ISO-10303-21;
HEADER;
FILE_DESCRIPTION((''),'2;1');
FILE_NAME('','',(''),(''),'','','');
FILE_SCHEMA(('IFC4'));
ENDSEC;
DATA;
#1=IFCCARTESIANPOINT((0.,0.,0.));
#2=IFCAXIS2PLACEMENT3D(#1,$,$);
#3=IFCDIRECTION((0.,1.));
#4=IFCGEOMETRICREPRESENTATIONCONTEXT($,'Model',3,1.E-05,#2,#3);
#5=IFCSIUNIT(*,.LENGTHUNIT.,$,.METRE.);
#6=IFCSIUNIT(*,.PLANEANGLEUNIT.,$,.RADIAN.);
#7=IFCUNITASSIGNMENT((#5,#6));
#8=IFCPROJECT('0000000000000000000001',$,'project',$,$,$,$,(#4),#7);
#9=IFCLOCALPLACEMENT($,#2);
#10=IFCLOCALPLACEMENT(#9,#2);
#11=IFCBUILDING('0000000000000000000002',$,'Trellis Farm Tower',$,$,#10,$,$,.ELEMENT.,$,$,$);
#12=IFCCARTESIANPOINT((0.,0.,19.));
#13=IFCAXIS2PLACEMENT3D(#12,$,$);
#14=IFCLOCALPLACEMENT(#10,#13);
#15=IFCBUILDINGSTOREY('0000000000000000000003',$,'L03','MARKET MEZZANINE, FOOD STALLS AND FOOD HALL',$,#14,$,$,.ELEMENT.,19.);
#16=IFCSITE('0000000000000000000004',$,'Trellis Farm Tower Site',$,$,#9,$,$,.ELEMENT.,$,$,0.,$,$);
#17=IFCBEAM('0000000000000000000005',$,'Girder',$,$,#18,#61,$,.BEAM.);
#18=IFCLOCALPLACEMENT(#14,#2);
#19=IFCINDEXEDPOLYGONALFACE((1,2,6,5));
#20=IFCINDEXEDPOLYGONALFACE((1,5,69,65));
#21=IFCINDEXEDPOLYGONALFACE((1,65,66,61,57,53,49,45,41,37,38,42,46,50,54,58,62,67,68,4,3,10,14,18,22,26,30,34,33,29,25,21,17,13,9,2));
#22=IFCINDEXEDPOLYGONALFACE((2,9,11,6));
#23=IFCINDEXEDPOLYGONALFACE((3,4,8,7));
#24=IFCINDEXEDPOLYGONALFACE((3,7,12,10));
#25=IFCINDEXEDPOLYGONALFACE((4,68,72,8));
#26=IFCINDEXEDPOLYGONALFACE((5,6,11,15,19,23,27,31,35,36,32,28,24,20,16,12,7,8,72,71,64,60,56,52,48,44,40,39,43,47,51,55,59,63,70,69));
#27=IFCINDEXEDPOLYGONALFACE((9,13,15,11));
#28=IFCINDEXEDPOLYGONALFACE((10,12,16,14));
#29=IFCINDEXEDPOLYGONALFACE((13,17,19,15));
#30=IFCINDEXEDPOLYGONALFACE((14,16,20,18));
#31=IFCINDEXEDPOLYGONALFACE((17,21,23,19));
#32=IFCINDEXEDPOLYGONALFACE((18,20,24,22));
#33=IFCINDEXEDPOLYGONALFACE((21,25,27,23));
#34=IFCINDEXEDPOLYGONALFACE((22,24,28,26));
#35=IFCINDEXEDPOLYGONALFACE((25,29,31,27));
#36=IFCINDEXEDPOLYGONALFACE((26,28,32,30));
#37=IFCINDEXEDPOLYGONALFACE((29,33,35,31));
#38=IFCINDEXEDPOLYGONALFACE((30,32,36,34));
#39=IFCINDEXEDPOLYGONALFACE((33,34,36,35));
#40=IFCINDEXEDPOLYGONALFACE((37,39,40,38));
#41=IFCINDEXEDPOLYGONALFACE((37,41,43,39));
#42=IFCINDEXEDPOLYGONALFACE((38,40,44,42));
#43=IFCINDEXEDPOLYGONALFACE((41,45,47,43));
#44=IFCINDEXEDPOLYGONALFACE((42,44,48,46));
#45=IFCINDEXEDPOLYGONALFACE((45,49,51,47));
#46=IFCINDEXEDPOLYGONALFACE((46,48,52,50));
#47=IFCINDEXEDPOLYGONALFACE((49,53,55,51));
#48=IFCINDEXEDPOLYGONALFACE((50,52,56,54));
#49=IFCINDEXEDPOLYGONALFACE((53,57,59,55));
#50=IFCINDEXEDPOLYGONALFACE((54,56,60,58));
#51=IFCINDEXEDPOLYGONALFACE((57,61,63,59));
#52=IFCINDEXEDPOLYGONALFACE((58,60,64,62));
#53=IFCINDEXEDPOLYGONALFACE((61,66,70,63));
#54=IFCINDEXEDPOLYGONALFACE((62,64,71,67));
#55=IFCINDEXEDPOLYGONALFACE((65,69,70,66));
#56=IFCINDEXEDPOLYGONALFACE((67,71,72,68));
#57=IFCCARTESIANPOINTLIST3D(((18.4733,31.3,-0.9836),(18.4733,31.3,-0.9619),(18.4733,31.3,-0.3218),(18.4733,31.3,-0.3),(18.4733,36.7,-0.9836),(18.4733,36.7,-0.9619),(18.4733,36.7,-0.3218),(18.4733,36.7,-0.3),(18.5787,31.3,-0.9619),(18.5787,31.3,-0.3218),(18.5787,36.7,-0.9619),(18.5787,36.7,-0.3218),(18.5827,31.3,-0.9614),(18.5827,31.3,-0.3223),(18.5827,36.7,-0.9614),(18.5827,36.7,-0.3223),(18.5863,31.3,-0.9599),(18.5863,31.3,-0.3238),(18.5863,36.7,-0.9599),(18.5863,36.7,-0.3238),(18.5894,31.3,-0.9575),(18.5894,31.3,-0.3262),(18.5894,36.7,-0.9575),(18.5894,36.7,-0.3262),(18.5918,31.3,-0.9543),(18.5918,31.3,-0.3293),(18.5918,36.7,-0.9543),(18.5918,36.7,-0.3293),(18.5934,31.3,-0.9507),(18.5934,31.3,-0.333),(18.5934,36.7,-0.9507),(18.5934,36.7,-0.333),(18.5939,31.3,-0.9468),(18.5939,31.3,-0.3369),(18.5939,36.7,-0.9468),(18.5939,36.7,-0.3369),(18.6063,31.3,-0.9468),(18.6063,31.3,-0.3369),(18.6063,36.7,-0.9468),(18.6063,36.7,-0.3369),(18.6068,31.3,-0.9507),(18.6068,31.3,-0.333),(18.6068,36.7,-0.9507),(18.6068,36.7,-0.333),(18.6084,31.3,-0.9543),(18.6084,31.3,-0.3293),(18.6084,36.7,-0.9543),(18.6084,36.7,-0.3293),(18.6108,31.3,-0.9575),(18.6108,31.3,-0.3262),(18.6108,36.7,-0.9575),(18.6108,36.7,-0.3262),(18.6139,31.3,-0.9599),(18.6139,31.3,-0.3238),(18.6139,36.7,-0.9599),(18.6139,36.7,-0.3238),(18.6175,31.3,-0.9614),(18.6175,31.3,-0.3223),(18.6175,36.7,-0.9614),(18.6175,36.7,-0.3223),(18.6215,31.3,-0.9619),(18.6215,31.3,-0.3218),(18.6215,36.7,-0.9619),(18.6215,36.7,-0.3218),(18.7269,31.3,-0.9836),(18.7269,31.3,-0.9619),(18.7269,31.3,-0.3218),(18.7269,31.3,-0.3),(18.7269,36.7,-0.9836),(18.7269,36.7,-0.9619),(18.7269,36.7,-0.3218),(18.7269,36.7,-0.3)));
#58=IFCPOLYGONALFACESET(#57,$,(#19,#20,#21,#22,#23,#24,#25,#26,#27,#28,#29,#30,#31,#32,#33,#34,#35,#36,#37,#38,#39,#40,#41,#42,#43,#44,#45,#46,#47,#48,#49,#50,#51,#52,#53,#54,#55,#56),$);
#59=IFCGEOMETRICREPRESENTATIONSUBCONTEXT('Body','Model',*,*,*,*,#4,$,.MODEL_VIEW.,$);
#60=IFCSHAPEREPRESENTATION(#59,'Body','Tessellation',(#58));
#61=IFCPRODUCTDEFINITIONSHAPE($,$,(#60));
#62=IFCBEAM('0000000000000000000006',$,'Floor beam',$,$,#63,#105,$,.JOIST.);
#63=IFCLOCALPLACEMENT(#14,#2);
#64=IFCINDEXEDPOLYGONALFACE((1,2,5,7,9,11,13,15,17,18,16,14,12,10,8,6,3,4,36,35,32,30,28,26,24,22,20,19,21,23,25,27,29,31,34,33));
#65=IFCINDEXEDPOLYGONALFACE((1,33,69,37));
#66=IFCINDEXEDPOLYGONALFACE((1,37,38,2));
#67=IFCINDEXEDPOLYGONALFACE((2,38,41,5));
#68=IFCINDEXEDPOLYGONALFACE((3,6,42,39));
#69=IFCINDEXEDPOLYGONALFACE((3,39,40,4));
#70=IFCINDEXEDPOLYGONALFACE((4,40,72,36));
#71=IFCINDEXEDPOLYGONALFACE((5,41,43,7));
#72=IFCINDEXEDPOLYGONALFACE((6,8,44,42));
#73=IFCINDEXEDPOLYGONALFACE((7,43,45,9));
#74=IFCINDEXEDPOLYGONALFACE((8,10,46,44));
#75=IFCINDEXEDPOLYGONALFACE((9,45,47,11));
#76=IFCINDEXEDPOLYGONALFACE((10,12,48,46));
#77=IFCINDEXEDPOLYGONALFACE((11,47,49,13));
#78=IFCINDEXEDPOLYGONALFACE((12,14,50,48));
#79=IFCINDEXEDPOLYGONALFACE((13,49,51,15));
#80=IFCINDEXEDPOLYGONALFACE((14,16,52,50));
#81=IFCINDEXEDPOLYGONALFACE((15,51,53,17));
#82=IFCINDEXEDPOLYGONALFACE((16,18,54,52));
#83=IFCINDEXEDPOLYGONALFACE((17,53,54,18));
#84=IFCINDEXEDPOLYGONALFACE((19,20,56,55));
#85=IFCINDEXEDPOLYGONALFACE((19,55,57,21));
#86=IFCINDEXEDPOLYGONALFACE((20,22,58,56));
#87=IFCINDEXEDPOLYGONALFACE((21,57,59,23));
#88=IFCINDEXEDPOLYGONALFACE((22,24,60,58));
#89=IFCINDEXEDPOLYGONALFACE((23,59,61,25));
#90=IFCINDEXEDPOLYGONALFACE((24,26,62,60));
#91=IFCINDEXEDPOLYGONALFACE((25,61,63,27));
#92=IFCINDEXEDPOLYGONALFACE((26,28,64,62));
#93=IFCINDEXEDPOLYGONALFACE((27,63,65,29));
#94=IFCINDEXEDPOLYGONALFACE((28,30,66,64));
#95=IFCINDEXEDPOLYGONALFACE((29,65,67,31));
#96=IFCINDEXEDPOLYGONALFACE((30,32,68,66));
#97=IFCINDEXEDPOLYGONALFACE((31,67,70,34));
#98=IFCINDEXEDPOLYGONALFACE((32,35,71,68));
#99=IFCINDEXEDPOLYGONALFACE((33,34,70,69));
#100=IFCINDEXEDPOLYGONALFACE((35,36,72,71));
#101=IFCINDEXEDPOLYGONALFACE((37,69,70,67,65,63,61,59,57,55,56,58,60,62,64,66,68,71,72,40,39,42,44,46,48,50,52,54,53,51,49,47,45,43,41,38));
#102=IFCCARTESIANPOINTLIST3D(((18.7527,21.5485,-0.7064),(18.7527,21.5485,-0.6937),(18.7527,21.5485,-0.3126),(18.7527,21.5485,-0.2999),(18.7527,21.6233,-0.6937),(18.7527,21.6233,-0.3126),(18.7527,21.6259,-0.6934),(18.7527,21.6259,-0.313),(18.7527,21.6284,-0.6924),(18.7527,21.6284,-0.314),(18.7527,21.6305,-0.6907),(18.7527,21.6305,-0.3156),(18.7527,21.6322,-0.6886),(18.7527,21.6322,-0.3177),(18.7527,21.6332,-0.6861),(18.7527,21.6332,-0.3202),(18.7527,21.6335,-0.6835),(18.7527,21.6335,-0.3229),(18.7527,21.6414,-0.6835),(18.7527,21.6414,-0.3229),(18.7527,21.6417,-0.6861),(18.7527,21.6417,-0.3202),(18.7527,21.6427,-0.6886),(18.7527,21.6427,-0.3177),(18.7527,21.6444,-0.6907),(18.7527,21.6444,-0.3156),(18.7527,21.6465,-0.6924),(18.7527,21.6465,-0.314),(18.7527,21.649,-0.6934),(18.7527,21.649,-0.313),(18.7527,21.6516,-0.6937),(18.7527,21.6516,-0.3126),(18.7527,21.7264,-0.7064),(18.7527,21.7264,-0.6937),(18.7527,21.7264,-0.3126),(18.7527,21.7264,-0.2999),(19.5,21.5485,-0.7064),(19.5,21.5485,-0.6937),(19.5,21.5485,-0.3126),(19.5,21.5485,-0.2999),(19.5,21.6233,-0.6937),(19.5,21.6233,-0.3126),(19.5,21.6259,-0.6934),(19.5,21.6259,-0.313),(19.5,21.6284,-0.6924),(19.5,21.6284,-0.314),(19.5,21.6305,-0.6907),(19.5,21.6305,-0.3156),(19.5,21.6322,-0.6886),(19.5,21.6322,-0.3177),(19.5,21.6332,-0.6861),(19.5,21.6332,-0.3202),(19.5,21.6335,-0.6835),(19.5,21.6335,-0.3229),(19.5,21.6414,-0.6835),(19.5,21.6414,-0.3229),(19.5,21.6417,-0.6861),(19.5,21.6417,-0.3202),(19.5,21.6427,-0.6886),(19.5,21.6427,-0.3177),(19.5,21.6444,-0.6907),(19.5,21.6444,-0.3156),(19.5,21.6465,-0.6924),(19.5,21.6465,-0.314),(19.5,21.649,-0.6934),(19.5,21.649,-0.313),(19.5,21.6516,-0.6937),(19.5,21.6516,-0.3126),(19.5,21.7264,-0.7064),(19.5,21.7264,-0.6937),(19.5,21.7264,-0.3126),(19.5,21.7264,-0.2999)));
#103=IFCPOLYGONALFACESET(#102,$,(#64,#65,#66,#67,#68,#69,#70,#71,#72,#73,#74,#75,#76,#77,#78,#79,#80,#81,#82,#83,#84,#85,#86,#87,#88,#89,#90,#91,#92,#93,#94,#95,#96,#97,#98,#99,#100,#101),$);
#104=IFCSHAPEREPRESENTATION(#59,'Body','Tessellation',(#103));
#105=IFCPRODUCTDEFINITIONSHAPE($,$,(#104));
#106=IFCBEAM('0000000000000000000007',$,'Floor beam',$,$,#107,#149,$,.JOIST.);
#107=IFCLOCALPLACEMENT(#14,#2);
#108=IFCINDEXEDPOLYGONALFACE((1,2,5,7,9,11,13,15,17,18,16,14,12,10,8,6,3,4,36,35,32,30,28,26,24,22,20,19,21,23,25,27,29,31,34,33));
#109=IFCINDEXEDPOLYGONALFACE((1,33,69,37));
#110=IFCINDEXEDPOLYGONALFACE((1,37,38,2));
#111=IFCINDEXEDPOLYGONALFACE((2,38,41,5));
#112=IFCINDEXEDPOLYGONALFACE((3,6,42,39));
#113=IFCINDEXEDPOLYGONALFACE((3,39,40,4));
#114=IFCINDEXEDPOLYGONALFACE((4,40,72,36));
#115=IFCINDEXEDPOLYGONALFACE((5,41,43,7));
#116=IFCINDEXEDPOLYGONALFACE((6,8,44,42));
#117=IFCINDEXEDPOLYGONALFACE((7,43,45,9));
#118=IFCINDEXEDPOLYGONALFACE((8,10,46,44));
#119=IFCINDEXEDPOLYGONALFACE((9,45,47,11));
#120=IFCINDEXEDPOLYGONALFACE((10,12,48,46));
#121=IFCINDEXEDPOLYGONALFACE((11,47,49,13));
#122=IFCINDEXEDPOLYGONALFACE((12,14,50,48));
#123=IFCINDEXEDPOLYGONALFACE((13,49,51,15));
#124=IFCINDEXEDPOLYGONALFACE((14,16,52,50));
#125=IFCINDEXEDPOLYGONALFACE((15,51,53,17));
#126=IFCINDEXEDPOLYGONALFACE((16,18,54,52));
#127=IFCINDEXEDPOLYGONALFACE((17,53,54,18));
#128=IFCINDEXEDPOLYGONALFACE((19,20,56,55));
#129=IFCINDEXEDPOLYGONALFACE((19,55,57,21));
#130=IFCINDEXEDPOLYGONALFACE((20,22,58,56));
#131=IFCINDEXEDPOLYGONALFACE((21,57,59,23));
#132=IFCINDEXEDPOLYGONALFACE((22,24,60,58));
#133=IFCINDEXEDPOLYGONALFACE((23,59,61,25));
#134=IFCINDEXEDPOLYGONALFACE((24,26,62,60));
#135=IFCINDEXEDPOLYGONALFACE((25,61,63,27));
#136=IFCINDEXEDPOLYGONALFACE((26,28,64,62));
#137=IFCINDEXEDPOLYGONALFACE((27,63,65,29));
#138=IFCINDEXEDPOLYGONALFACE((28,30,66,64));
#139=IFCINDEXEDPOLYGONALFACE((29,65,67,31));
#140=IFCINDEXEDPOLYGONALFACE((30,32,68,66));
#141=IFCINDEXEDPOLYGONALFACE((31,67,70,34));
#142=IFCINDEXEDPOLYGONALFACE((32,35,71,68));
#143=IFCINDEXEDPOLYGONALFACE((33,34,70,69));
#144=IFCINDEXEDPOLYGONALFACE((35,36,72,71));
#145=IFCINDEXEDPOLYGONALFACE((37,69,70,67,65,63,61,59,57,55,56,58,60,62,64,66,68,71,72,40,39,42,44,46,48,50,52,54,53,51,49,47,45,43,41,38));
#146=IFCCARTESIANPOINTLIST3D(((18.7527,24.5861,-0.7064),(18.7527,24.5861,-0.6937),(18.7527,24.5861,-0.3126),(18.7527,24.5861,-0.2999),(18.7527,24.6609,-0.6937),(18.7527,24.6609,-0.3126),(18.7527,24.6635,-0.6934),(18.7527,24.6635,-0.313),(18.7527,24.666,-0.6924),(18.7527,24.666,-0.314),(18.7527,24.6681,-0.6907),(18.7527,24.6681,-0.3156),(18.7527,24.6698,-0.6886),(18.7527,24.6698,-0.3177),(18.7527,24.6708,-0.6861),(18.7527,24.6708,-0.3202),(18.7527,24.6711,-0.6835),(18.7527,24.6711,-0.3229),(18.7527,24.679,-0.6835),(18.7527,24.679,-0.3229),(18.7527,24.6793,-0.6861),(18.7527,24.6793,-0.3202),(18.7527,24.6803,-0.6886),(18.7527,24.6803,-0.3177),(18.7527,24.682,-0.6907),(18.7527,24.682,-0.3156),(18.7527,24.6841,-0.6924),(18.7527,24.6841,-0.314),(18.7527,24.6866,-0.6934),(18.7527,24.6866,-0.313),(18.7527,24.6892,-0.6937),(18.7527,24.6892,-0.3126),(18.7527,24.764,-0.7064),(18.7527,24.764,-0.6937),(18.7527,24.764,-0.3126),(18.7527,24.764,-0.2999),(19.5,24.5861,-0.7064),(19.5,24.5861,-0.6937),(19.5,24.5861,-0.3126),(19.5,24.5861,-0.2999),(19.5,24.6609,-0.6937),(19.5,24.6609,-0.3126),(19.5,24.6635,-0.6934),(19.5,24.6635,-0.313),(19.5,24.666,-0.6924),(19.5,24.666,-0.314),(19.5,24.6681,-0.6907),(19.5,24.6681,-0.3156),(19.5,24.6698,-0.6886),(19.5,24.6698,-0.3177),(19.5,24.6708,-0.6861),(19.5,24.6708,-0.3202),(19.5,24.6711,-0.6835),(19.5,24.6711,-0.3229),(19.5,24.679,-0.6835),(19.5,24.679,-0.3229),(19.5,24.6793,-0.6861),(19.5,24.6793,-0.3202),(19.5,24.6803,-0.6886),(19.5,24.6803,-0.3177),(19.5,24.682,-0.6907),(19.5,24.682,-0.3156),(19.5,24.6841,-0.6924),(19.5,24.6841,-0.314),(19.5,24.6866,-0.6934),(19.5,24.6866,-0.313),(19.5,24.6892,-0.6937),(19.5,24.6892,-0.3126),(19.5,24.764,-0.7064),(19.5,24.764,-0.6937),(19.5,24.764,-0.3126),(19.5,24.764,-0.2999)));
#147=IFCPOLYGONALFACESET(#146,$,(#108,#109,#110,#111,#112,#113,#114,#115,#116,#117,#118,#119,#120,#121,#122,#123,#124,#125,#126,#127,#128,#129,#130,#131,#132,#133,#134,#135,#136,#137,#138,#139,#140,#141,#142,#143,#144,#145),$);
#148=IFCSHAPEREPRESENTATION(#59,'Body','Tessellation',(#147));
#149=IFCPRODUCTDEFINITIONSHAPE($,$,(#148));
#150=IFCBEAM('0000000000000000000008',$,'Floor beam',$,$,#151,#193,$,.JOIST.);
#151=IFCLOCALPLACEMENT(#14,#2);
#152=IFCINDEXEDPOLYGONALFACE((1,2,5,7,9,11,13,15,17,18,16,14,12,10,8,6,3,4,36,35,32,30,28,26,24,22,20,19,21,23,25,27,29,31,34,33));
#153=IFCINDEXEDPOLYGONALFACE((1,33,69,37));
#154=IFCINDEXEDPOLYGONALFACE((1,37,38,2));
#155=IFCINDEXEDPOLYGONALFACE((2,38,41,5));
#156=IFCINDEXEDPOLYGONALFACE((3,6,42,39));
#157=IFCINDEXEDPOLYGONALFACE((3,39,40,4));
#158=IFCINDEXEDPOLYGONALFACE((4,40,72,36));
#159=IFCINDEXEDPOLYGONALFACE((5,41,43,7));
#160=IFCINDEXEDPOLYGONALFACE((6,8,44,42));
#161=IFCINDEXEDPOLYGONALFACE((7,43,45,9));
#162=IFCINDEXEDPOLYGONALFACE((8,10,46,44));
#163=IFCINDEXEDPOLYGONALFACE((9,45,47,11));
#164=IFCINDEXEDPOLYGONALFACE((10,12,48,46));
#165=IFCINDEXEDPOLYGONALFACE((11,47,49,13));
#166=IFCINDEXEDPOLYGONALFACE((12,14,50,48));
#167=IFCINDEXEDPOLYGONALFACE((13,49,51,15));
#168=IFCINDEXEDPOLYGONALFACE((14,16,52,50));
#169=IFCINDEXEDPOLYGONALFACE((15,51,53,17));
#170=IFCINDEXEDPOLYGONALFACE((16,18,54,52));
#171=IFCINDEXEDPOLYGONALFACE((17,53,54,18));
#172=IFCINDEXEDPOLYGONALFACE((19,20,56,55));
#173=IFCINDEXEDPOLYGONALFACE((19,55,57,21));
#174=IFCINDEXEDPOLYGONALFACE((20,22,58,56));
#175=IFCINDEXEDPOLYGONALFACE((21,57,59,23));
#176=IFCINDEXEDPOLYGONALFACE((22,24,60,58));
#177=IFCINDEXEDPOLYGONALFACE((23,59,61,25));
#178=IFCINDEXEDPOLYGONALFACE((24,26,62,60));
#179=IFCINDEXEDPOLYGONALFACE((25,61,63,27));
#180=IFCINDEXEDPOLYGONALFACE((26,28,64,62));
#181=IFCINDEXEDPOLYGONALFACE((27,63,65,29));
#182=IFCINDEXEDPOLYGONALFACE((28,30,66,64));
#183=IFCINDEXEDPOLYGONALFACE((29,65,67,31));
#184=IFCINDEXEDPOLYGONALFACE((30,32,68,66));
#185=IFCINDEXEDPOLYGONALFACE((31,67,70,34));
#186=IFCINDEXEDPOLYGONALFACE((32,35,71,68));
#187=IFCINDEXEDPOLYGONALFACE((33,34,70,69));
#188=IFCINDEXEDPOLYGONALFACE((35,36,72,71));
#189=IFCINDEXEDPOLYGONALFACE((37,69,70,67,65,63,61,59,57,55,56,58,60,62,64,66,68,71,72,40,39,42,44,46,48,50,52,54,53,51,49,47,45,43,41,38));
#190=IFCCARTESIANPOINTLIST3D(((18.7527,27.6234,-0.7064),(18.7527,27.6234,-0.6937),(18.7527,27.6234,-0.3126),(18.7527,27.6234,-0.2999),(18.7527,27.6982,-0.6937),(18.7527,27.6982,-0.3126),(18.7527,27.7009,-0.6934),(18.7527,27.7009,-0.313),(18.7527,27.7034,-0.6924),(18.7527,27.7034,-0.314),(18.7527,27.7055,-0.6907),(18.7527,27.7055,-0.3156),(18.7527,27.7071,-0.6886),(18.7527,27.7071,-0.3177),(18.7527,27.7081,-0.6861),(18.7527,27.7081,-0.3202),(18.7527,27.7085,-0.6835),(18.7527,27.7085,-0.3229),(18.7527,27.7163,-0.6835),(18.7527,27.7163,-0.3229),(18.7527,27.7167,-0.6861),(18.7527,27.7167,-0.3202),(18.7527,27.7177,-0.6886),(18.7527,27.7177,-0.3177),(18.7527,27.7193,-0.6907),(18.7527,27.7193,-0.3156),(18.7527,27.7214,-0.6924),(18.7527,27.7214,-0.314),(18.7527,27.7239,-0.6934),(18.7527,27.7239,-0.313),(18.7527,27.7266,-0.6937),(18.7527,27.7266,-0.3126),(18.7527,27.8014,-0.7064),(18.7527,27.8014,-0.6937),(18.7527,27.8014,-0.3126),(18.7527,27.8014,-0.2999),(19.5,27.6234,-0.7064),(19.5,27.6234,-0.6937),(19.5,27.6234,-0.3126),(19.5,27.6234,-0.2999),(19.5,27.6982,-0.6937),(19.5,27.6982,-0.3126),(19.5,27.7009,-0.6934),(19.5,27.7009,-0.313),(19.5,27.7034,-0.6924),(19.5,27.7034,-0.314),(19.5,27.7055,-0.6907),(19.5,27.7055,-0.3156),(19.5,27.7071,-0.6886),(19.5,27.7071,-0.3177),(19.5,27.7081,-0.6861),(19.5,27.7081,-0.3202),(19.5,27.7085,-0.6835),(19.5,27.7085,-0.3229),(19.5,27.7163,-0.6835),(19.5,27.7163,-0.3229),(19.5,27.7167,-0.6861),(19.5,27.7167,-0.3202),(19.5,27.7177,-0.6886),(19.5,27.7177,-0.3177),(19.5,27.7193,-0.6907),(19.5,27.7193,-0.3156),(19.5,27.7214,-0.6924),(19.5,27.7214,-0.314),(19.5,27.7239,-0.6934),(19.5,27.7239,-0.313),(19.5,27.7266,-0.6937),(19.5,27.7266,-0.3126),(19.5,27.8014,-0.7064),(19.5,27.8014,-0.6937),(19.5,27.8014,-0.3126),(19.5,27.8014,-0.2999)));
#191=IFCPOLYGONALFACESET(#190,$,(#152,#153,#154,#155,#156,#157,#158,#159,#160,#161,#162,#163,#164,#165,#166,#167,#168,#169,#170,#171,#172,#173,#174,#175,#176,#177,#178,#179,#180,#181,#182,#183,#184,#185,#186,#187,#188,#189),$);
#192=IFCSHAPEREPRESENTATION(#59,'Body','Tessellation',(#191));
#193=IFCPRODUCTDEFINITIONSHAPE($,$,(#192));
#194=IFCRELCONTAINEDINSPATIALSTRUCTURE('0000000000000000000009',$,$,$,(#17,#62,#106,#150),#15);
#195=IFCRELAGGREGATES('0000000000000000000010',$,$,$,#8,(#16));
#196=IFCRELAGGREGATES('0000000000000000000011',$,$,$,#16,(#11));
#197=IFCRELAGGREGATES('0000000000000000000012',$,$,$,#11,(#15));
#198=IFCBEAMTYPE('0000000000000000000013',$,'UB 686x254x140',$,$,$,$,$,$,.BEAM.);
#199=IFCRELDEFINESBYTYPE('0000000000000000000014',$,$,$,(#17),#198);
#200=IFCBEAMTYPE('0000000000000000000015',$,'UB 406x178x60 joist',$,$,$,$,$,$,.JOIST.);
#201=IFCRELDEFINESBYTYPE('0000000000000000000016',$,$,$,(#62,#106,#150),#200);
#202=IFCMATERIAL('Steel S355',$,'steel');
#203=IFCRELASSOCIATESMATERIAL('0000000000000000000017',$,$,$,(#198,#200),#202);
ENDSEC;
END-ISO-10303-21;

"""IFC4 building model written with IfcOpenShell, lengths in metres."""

from ifc_helpers import new_model, si_unit, direction, frame, origin, origin_2d, place, context, subcontext, project, spatial, i_section, extrude, source, transform, mapped, material, material_profile, profile_set, type_object, element, save


model = new_model("IFC4")

# Units and contexts
model_context = context("Model", 3, precision=1e-05, world=origin(), true_north=direction((0.0, 1.0)))
body_context = subcontext(model_context, "Body", "Model", "MODEL_VIEW")
ifc_project = project(units=[si_unit("LENGTHUNIT", "METRE"), si_unit("PLANEANGLEUNIT", "RADIAN")], contexts=[model_context])

# Site, building, storey
site_placement = place(None, origin())
site = spatial("IfcSite", under=ifc_project, at=site_placement, Name="Trellis Farm Tower Site", CompositionType="ELEMENT", RefElevation=0.0)
building_placement = place(site_placement, origin())
building = spatial("IfcBuilding", under=site, at=building_placement, Name="Trellis Farm Tower", CompositionType="ELEMENT")
storey_placement = place(building_placement, frame((0.0, 0.0, 19.0)))
storey = spatial("IfcBuildingStorey", under=building, at=storey_placement, Name="L03", Description="MARKET MEZZANINE, FOOD STALLS AND FOOD HALL", CompositionType="ELEMENT", Elevation=19.0)

# Beams
ifc_material_1 = material(Name="Steel S355", Category="steel")
ifc_material_profile_1 = material_profile(ifc_material_1, i_section(OverallWidth=0.2537, OverallDepth=0.6836, WebThickness=0.0125, FlangeThickness=0.0217, FilletRadius=0.0151, at=origin_2d()), Name="UB 686x254x140")
ifc_profile_set_1 = profile_set([ifc_material_profile_1], Name="Steel S355")
beam_type_1 = type_object("IfcBeamType", Name="UB 686x254x140", PredefinedType="BEAM", material=ifc_profile_set_1)
shared_shape_1 = source(origin(), body_context, "Body", "SweptSolid", [
    extrude(i_section(OverallWidth=0.2537, OverallDepth=0.6836, WebThickness=0.0125, FlangeThickness=0.0217, FilletRadius=0.0151, at=origin_2d()), origin(), (0.0, 0.0, 1.0), 5.3999),
])
beam_1_placement = place(storey_placement, frame((18.6001, 31.3, -0.6418), z_axis=(0.0, 1.0, 0.0), x_axis=(-1.0, 0.0, 0.0)))
element("IfcBeam", 1, at=beam_1_placement, inside=storey, type_object=beam_type_1, Name="Girder", PredefinedType="BEAM", context=body_context, shape_type="MappedRepresentation", body=[
    mapped(shared_shape_1, transform((0.0, 0.0, 0.0))),
])
ifc_material_profile_2 = material_profile(ifc_material_1, i_section(OverallWidth=0.178, OverallDepth=0.4065, WebThickness=0.0078, FlangeThickness=0.0127, FilletRadius=0.0103, at=origin_2d()), Name="UB 406x178x60")
ifc_profile_set_2 = profile_set([ifc_material_profile_2], Name="Steel S355")
beam_type_2 = type_object("IfcBeamType", Name="UB 406x178x60 joist", PredefinedType="JOIST", material=ifc_profile_set_2)
shared_shape_2 = source(origin(), body_context, "Body", "SweptSolid", [
    extrude(i_section(OverallWidth=0.178, OverallDepth=0.4065, WebThickness=0.0078, FlangeThickness=0.0127, FilletRadius=0.0103, at=origin_2d()), origin(), (0.0, 0.0, 1.0), 0.7473),
])
for number, where, z_axis, x_axis, name in (
    (2, (18.7527, 21.6375, -0.5032), (1.0, 0.0, 0.0), (0.0, 1.0, 0.0), "Floor beam"),
    (3, (18.7527, 24.675, -0.5032), (1.0, 0.0, 0.0), (0.0, 1.0, 0.0), "Floor beam"),
    (4, (18.7527, 27.7124, -0.5032), (1.0, 0.0, 0.0), (0.0, 1.0, 0.0), "Floor beam"),
):
    element("IfcBeam", number, at=place(storey_placement, frame(where, z_axis=z_axis, x_axis=x_axis)), inside=storey, type_object=beam_type_2, Name=name, PredefinedType="JOIST", context=body_context, shape_type="MappedRepresentation", body=[
        mapped(shared_shape_2, transform((0.0, 0.0, 0.0))),
    ])

save(model, "model.ifc")
